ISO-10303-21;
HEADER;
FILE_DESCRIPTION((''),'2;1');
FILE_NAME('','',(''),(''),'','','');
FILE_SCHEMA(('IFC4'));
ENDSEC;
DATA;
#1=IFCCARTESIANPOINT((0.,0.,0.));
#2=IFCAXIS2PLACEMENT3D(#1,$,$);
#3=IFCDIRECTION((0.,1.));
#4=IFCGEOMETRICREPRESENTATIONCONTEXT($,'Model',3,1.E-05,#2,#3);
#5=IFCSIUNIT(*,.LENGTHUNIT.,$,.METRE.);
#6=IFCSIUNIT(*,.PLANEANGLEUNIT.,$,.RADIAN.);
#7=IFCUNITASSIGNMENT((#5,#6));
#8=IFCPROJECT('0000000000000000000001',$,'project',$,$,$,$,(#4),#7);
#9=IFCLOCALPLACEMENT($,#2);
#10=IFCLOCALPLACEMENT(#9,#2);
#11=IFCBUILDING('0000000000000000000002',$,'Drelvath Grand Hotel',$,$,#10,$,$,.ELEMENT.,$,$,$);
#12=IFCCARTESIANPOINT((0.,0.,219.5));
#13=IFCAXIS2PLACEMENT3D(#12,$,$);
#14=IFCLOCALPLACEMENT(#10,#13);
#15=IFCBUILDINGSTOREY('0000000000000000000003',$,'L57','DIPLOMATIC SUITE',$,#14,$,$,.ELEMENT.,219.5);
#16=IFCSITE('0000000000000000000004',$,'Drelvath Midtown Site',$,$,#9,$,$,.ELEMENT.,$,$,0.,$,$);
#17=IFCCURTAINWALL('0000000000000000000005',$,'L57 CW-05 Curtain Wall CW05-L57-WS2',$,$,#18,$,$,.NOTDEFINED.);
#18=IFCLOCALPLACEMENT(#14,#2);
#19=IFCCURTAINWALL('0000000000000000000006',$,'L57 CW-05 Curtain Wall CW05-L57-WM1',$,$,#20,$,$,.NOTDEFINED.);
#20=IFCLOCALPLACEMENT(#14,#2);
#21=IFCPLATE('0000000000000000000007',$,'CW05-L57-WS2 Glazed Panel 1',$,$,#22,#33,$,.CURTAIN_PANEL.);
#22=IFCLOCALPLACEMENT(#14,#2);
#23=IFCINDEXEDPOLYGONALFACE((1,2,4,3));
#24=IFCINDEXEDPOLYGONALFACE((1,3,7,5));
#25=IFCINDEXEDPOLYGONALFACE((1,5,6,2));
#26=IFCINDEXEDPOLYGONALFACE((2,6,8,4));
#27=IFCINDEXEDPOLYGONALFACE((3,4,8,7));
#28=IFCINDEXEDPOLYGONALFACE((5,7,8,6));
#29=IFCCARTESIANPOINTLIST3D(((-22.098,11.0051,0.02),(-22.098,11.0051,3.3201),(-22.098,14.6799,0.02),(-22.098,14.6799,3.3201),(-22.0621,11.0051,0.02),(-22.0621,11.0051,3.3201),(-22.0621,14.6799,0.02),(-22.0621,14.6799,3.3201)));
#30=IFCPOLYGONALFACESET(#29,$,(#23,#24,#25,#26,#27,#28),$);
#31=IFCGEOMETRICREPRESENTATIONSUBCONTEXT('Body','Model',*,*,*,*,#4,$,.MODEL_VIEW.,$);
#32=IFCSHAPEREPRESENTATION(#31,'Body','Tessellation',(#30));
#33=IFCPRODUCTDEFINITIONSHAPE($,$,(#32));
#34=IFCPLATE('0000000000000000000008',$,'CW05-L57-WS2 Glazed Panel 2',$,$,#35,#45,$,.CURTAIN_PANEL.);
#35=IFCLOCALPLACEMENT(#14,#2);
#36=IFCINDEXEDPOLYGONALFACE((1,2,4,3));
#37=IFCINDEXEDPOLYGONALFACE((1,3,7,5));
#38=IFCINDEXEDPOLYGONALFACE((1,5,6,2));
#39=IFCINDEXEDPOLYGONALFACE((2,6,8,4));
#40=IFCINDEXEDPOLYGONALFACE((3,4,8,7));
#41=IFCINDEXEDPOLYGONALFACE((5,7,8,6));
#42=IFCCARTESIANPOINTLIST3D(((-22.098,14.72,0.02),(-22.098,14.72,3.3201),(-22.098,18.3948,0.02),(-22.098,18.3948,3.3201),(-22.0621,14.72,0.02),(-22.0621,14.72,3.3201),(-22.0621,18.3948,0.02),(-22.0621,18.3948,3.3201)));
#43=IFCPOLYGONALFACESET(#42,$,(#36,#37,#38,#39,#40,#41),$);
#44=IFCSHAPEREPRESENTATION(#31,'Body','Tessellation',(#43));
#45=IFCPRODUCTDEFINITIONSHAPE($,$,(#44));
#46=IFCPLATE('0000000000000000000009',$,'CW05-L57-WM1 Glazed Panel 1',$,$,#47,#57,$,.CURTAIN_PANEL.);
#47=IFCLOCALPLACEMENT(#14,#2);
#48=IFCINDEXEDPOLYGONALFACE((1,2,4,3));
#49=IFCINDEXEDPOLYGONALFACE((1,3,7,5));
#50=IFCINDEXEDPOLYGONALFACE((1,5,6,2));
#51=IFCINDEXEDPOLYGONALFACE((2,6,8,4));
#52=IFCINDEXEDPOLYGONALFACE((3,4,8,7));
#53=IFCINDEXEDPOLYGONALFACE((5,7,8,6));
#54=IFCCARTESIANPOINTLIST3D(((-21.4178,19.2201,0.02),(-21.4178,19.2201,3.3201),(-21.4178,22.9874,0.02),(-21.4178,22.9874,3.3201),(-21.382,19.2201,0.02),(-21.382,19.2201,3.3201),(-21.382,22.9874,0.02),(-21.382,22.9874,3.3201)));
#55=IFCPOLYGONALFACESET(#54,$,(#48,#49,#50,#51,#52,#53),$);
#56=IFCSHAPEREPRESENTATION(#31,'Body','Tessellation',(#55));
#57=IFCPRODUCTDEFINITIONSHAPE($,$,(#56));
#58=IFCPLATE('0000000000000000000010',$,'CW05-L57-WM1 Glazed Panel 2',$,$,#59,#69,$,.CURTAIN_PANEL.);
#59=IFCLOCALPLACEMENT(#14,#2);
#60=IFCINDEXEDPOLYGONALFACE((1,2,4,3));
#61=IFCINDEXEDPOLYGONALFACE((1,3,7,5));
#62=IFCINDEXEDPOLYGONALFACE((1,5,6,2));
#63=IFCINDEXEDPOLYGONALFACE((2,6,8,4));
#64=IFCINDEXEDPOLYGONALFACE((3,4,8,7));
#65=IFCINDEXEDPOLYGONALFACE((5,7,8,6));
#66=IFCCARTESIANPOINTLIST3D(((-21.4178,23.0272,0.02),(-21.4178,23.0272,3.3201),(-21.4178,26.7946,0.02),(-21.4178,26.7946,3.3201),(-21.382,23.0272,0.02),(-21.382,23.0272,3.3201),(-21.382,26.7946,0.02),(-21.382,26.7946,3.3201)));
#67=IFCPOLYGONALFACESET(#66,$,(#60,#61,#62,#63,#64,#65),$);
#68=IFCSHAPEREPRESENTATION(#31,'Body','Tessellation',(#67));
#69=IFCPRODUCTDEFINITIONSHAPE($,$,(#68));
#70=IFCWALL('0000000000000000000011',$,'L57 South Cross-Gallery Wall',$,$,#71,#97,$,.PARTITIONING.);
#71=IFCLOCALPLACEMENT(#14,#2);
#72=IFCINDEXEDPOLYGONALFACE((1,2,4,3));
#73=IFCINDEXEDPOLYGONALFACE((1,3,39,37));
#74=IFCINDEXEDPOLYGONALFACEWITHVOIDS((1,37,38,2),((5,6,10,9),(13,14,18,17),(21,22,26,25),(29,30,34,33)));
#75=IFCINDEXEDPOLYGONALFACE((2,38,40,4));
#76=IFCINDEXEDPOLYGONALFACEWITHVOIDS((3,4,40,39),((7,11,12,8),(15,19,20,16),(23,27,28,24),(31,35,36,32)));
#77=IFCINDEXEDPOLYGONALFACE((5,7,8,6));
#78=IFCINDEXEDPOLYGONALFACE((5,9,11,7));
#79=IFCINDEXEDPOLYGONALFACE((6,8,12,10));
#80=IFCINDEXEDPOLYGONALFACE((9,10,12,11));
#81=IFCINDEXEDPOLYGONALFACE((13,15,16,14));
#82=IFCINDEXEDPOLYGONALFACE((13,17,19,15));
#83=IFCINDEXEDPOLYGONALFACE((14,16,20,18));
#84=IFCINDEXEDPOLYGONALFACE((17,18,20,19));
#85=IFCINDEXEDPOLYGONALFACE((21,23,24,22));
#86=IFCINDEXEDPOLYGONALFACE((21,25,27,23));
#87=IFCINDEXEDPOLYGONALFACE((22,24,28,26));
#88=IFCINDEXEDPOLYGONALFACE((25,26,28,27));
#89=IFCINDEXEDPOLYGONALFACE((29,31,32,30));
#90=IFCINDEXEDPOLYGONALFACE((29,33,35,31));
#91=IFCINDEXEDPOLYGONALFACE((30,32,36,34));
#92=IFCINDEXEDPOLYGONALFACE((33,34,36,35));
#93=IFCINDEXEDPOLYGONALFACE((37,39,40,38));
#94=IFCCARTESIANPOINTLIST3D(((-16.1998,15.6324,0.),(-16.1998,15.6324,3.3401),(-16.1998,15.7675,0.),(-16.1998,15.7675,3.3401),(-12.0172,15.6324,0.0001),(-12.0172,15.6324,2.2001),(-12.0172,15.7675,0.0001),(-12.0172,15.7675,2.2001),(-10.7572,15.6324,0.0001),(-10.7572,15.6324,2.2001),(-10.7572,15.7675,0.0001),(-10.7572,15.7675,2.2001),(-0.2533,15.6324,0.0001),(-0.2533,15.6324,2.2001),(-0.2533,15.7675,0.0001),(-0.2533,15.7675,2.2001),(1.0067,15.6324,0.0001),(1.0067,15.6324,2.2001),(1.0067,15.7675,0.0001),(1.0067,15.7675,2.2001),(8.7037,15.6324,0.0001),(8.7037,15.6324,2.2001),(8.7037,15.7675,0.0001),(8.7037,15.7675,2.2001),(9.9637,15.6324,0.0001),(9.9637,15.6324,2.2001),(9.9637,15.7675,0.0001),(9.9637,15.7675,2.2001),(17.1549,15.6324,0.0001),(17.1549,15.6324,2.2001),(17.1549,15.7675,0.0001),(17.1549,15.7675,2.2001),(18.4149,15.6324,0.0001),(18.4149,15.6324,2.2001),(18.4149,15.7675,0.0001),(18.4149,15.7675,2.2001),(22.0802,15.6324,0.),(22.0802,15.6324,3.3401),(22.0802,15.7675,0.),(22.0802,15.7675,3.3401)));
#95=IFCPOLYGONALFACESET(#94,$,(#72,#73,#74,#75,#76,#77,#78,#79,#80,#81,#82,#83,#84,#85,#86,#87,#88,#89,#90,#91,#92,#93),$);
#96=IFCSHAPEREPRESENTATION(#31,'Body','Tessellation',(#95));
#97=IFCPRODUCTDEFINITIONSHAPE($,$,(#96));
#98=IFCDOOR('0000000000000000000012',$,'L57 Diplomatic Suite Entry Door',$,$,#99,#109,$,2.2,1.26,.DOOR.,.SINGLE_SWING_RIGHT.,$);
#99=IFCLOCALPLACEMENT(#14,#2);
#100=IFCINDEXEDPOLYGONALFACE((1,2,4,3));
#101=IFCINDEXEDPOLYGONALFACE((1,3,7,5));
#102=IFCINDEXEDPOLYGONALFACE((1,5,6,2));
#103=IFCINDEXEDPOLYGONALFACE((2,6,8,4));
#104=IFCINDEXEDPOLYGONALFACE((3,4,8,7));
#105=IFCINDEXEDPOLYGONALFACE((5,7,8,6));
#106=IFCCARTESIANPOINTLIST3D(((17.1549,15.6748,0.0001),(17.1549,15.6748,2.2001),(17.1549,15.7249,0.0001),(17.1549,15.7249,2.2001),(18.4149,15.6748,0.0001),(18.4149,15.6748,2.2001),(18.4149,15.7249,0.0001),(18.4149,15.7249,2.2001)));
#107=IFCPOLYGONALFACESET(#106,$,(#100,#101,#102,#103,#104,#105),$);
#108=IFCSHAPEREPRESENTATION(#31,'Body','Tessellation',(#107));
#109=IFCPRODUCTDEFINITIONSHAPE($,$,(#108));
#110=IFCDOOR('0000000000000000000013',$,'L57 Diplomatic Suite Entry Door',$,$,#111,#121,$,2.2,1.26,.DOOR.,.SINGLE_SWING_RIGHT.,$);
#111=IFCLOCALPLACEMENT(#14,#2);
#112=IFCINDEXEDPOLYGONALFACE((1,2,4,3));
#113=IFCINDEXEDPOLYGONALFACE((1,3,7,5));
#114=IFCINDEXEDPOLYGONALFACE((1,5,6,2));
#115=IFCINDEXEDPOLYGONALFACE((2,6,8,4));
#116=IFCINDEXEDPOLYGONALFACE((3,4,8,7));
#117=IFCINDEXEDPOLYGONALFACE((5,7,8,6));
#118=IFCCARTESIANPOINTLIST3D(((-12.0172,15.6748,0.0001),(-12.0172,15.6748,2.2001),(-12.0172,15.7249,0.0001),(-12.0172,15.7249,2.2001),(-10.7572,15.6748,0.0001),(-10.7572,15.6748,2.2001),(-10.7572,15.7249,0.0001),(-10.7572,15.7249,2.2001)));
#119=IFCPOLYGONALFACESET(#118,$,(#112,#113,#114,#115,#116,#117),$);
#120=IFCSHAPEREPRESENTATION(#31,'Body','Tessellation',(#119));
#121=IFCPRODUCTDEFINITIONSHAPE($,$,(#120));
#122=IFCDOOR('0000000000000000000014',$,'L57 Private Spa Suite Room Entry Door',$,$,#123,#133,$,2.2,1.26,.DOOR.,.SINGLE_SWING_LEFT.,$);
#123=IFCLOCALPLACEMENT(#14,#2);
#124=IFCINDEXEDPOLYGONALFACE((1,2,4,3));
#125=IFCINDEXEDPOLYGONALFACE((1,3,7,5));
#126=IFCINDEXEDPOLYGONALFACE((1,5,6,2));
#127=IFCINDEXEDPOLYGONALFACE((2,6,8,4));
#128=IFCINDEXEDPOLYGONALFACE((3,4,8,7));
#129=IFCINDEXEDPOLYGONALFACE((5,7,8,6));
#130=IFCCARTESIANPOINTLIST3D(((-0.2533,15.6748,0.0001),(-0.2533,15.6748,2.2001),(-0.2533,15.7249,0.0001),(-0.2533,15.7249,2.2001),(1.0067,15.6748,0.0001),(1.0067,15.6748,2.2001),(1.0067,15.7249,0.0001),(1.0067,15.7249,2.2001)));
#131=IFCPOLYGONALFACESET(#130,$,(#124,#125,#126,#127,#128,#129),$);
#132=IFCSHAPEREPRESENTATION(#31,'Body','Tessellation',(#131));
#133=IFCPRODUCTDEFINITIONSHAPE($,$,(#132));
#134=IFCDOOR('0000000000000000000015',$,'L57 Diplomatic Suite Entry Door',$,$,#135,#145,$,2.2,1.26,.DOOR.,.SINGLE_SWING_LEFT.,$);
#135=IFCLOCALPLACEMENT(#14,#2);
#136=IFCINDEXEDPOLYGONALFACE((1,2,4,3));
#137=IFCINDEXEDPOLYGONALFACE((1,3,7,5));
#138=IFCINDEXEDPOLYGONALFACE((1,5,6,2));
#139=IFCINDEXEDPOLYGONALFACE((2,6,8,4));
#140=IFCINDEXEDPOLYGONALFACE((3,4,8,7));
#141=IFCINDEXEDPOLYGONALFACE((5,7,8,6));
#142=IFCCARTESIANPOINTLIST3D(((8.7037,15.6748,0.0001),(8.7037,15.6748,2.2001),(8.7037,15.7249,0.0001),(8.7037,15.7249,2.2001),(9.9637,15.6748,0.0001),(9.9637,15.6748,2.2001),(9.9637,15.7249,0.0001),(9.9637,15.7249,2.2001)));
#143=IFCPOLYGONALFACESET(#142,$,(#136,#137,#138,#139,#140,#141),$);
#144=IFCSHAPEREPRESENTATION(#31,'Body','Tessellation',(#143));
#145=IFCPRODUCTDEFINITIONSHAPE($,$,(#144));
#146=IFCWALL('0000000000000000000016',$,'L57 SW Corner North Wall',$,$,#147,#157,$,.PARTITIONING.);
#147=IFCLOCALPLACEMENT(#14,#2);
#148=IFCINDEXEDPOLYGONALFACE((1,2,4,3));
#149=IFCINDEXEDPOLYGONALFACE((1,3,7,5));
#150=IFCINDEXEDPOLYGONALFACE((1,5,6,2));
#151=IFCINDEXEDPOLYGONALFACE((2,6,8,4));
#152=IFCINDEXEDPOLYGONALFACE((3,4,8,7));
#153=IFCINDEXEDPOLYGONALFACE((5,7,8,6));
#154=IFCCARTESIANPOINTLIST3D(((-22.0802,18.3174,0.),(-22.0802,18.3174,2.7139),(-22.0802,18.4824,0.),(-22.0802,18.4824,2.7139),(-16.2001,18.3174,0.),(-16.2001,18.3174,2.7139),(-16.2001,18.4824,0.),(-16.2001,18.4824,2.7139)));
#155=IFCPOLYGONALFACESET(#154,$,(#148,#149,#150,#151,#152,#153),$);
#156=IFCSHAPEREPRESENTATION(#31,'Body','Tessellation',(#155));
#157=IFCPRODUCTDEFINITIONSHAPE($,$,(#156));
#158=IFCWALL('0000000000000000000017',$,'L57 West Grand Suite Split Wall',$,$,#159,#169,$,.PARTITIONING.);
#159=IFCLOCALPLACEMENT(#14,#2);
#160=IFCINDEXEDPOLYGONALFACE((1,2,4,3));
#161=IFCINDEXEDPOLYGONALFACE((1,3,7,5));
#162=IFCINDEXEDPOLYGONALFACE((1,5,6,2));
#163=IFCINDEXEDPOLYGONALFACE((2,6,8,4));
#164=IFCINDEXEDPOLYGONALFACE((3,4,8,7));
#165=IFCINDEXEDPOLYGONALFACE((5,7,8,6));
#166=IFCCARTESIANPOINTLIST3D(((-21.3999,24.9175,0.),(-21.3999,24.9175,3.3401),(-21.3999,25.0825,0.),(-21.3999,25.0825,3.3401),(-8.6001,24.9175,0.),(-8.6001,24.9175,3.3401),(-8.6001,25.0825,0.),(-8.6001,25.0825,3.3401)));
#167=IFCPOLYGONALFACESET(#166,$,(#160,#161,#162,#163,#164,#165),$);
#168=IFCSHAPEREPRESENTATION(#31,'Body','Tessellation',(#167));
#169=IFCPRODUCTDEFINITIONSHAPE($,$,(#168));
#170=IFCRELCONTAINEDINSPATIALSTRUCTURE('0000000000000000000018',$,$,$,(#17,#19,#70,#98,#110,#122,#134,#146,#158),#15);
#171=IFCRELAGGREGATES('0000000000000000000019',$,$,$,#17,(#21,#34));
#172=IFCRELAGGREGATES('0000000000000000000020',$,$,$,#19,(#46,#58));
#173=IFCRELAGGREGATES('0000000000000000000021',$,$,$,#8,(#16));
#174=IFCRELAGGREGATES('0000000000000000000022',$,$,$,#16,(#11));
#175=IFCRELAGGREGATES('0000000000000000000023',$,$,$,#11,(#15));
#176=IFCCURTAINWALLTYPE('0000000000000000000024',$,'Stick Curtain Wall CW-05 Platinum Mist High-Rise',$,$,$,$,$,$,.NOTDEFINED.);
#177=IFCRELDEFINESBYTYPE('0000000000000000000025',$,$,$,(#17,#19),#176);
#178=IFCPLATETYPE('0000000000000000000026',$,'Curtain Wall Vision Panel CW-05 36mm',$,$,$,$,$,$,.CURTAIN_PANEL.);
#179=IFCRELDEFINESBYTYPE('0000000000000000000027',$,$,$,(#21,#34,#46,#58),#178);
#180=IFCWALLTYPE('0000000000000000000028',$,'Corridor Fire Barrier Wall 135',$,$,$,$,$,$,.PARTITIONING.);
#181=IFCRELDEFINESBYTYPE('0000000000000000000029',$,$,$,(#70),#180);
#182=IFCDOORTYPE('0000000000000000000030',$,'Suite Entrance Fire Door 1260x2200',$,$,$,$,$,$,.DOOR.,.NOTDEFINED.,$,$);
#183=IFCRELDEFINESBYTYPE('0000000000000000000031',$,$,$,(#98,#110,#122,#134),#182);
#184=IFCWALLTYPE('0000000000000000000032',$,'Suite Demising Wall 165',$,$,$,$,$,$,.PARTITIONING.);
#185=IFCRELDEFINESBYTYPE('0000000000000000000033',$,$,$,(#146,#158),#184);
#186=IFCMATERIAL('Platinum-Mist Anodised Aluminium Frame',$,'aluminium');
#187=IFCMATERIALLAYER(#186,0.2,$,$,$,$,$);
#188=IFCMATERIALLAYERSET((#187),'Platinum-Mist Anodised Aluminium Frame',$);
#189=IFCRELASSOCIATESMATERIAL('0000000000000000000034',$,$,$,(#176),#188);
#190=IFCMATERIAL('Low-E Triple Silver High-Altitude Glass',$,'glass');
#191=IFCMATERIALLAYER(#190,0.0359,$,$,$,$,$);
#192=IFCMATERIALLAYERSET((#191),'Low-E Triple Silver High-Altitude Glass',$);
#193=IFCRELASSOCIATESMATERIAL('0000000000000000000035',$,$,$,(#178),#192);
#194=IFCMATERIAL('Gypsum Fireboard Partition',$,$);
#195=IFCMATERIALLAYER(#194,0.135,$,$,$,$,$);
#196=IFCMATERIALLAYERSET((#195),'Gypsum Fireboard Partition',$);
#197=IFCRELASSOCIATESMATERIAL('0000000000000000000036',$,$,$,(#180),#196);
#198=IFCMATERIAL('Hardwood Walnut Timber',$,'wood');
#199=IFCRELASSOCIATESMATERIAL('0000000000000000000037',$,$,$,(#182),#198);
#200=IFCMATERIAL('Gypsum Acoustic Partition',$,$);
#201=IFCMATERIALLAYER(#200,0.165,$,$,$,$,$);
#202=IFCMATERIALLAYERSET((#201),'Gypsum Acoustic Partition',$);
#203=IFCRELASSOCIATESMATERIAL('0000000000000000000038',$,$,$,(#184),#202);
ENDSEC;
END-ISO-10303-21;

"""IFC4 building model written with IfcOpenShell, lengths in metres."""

from ifc_helpers import new_model, si_unit, direction, frame, frame_2d, origin, origin_2d, place, context, subcontext, project, spatial, rectangle, extrude, material, layer, layer_set, type_object, element, fill, aggregate, save


model = new_model("IFC4")

# Units and contexts
model_context = context("Model", 3, precision=1e-05, world=origin(), true_north=direction((0.0, 1.0)))
body_context = subcontext(model_context, "Body", "Model", "MODEL_VIEW")
ifc_project = project(units=[si_unit("LENGTHUNIT", "METRE"), si_unit("PLANEANGLEUNIT", "RADIAN")], contexts=[model_context])

# Site, building, storey
site_placement = place(None, origin())
site = spatial("IfcSite", under=ifc_project, at=site_placement, Name="Drelvath Midtown Site", CompositionType="ELEMENT", RefElevation=0.0)
building_placement = place(site_placement, origin())
building = spatial("IfcBuilding", under=site, at=building_placement, Name="Drelvath Grand Hotel", CompositionType="ELEMENT")
storey_placement = place(building_placement, frame((0.0, 0.0, 219.5)))
storey = spatial("IfcBuildingStorey", under=building, at=storey_placement, Name="L57", Description="DIPLOMATIC SUITE", CompositionType="ELEMENT", Elevation=219.5)

# Curtain walls
ifc_material_1 = material(Name="Platinum-Mist Anodised Aluminium Frame", Category="aluminium")
ifc_layer_1 = layer(ifc_material_1, 0.2)
ifc_layer_set_1 = layer_set([ifc_layer_1], Name="Platinum-Mist Anodised Aluminium Frame")
curtain_wall_type = type_object("IfcCurtainWallType", Name="Stick Curtain Wall CW-05 Platinum Mist High-Rise", PredefinedType="NOTDEFINED", material=ifc_layer_set_1)
curtain_wall_1_placement = place(storey_placement, origin())
curtain_wall_1 = element("IfcCurtainWall", 1, at=curtain_wall_1_placement, inside=storey, type_object=curtain_wall_type, Name="L57 CW-05 Curtain Wall CW05-L57-WS2", PredefinedType="NOTDEFINED")
curtain_wall_2_placement = place(storey_placement, origin())
curtain_wall_2 = element("IfcCurtainWall", 2, at=curtain_wall_2_placement, inside=storey, type_object=curtain_wall_type, Name="L57 CW-05 Curtain Wall CW05-L57-WM1", PredefinedType="NOTDEFINED")

# Plates
ifc_material_2 = material(Name="Low-E Triple Silver High-Altitude Glass", Category="glass")
ifc_layer_2 = layer(ifc_material_2, 0.0359)
ifc_layer_set_2 = layer_set([ifc_layer_2], Name="Low-E Triple Silver High-Altitude Glass")
plate_type = type_object("IfcPlateType", Name="Curtain Wall Vision Panel CW-05 36mm", PredefinedType="CURTAIN_PANEL", material=ifc_layer_set_2)
plate_1_placement = place(storey_placement, frame((-22.0801, 12.8425, 0.02), z_axis=(0.0, 0.0, 1.0), x_axis=(0.0, 1.0, 0.0)))
plate_1 = element("IfcPlate", 3, at=plate_1_placement, type_object=plate_type, Name="CW05-L57-WS2 Glazed Panel 1", PredefinedType="CURTAIN_PANEL", context=body_context, shape_type="SweptSolid", body=[
    extrude(rectangle(XDim=3.6748, YDim=0.0359, at=origin_2d()), origin(), (0.0, 0.0, 1.0), 3.3),
])
plate_2_placement = place(storey_placement, frame((-22.0801, 16.5574, 0.02), z_axis=(0.0, 0.0, 1.0), x_axis=(0.0, 1.0, 0.0)))
plate_2 = element("IfcPlate", 4, at=plate_2_placement, type_object=plate_type, Name="CW05-L57-WS2 Glazed Panel 2", PredefinedType="CURTAIN_PANEL", context=body_context, shape_type="SweptSolid", body=[
    extrude(rectangle(XDim=3.6748, YDim=0.0359, at=origin_2d()), origin(), (0.0, 0.0, 1.0), 3.3),
])
aggregate(curtain_wall_1, [plate_1, plate_2])
plate_3_placement = place(storey_placement, frame((-21.3999, 21.1038, 0.02), z_axis=(0.0, 0.0, 1.0), x_axis=(0.0, 1.0, 0.0)))
plate_3 = element("IfcPlate", 5, at=plate_3_placement, type_object=plate_type, Name="CW05-L57-WM1 Glazed Panel 1", PredefinedType="CURTAIN_PANEL", context=body_context, shape_type="SweptSolid", body=[
    extrude(rectangle(XDim=3.7673, YDim=0.0359, at=origin_2d()), origin(), (0.0, 0.0, 1.0), 3.3),
])
plate_4_placement = place(storey_placement, frame((-21.3999, 24.9109, 0.02), z_axis=(0.0, 0.0, 1.0), x_axis=(0.0, 1.0, 0.0)))
plate_4 = element("IfcPlate", 6, at=plate_4_placement, type_object=plate_type, Name="CW05-L57-WM1 Glazed Panel 2", PredefinedType="CURTAIN_PANEL", context=body_context, shape_type="SweptSolid", body=[
    extrude(rectangle(XDim=3.7673, YDim=0.0359, at=origin_2d()), origin(), (0.0, 0.0, 1.0), 3.3),
])
aggregate(curtain_wall_2, [plate_3, plate_4])

# Wall, openings, doors
ifc_material_3 = material(Name="Gypsum Fireboard Partition")
ifc_layer_3 = layer(ifc_material_3, 0.135)
ifc_layer_set_3 = layer_set([ifc_layer_3], Name="Gypsum Fireboard Partition")
wall_type_1 = type_object("IfcWallType", Name="Corridor Fire Barrier Wall 135", PredefinedType="PARTITIONING", material=ifc_layer_set_3)
wall_1_placement = place(storey_placement, frame((-16.2, 15.7, 0.0), z_axis=(0.0, 0.0, 1.0), x_axis=(1.0, 0.0, 0.0)))
wall_1 = element("IfcWall", 7, at=wall_1_placement, inside=storey, type_object=wall_type_1, Name="L57 South Cross-Gallery Wall", PredefinedType="PARTITIONING", context=body_context, shape_type="SweptSolid", body=[
    extrude(rectangle(XDim=38.28, YDim=0.135, at=frame_2d((19.1401, 0.0))), origin(), (0.0, 0.0, 1.0), 3.3401),
])
opening_1_placement = place(wall_1_placement, frame((33.355, 0.0, 0.0)))
opening_1 = element("IfcOpeningElement", 8, at=opening_1_placement, cuts=wall_1, PredefinedType="OPENING", context=body_context, shape_type="SweptSolid", body=[
    extrude(rectangle(XDim=1.26, YDim=2.2, at=frame_2d((0.6299, 1.1001))), frame((0.0, 0.0774, 0.0), z_axis=(0.0, -1.0, 0.0), x_axis=(1.0, 0.0, 0.0)), (0.0, 0.0, 1.0), 0.155),
])
opening_2_placement = place(wall_1_placement, frame((4.1829, 0.0, 0.0)))
opening_2 = element("IfcOpeningElement", 9, at=opening_2_placement, cuts=wall_1, PredefinedType="OPENING", context=body_context, shape_type="SweptSolid", body=[
    extrude(rectangle(XDim=1.26, YDim=2.2, at=frame_2d((0.6299, 1.1001))), frame((0.0, 0.0774, 0.0), z_axis=(0.0, -1.0, 0.0), x_axis=(1.0, 0.0, 0.0)), (0.0, 0.0, 1.0), 0.155),
])
opening_3_placement = place(wall_1_placement, frame((15.9468, 0.0, 0.0)))
opening_3 = element("IfcOpeningElement", 10, at=opening_3_placement, cuts=wall_1, PredefinedType="OPENING", context=body_context, shape_type="SweptSolid", body=[
    extrude(rectangle(XDim=1.26, YDim=2.2, at=frame_2d((0.6299, 1.1001))), frame((0.0, 0.0774, 0.0), z_axis=(0.0, -1.0, 0.0), x_axis=(1.0, 0.0, 0.0)), (0.0, 0.0, 1.0), 0.155),
])
opening_4_placement = place(wall_1_placement, frame((24.9038, 0.0, 0.0)))
opening_4 = element("IfcOpeningElement", 11, at=opening_4_placement, cuts=wall_1, PredefinedType="OPENING", context=body_context, shape_type="SweptSolid", body=[
    extrude(rectangle(XDim=1.26, YDim=2.2, at=frame_2d((0.6299, 1.1001))), frame((0.0, 0.0774, 0.0), z_axis=(0.0, -1.0, 0.0), x_axis=(1.0, 0.0, 0.0)), (0.0, 0.0, 1.0), 0.155),
])
ifc_material_4 = material(Name="Hardwood Walnut Timber", Category="wood")
door_type = type_object("IfcDoorType", Name="Suite Entrance Fire Door 1260x2200", OperationType="NOTDEFINED", PredefinedType="DOOR", material=ifc_material_4)
door_1_placement = place(opening_1_placement, origin())
door_1 = element("IfcDoor", 12, at=door_1_placement, inside=storey, type_object=door_type, Name="L57 Diplomatic Suite Entry Door", OperationType="SINGLE_SWING_RIGHT", OverallHeight=2.2, OverallWidth=1.26, PredefinedType="DOOR", context=body_context, shape_type="SweptSolid", body=[
    extrude(rectangle(XDim=1.26, YDim=2.2, at=frame_2d((0.6299, 1.1001))), frame((0.0, 0.0249, 0.0), z_axis=(0.0, -1.0, 0.0), x_axis=(1.0, 0.0, 0.0)), (0.0, 0.0, 1.0), 0.05),
])
fill(opening_1, door_1)
door_2_placement = place(opening_2_placement, origin())
door_2 = element("IfcDoor", 13, at=door_2_placement, inside=storey, type_object=door_type, Name="L57 Diplomatic Suite Entry Door", OperationType="SINGLE_SWING_RIGHT", OverallHeight=2.2, OverallWidth=1.26, PredefinedType="DOOR", context=body_context, shape_type="SweptSolid", body=[
    extrude(rectangle(XDim=1.26, YDim=2.2, at=frame_2d((0.6299, 1.1001))), frame((0.0, 0.0249, 0.0), z_axis=(0.0, -1.0, 0.0), x_axis=(1.0, 0.0, 0.0)), (0.0, 0.0, 1.0), 0.05),
])
fill(opening_2, door_2)
door_3_placement = place(opening_3_placement, origin())
door_3 = element("IfcDoor", 14, at=door_3_placement, inside=storey, type_object=door_type, Name="L57 Private Spa Suite Room Entry Door", OperationType="SINGLE_SWING_LEFT", OverallHeight=2.2, OverallWidth=1.26, PredefinedType="DOOR", context=body_context, shape_type="SweptSolid", body=[
    extrude(rectangle(XDim=1.26, YDim=2.2, at=frame_2d((0.6299, 1.1001))), frame((0.0, 0.0249, 0.0), z_axis=(0.0, -1.0, 0.0), x_axis=(1.0, 0.0, 0.0)), (0.0, 0.0, 1.0), 0.05),
])
fill(opening_3, door_3)
door_4_placement = place(opening_4_placement, origin())
door_4 = element("IfcDoor", 15, at=door_4_placement, inside=storey, type_object=door_type, Name="L57 Diplomatic Suite Entry Door", OperationType="SINGLE_SWING_LEFT", OverallHeight=2.2, OverallWidth=1.26, PredefinedType="DOOR", context=body_context, shape_type="SweptSolid", body=[
    extrude(rectangle(XDim=1.26, YDim=2.2, at=frame_2d((0.6299, 1.1001))), frame((0.0, 0.0249, 0.0), z_axis=(0.0, -1.0, 0.0), x_axis=(1.0, 0.0, 0.0)), (0.0, 0.0, 1.0), 0.05),
])
fill(opening_4, door_4)

# Walls
ifc_material_5 = material(Name="Gypsum Acoustic Partition")
ifc_layer_4 = layer(ifc_material_5, 0.165)
ifc_layer_set_4 = layer_set([ifc_layer_4], Name="Gypsum Acoustic Partition")
wall_type_2 = type_object("IfcWallType", Name="Suite Demising Wall 165", PredefinedType="PARTITIONING", material=ifc_layer_set_4)
wall_2_placement = place(storey_placement, frame((-22.0801, 18.3999, 0.0), z_axis=(0.0, 0.0, 1.0), x_axis=(1.0, 0.0, 0.0)))
element("IfcWall", 16, at=wall_2_placement, inside=storey, type_object=wall_type_2, Name="L57 SW Corner North Wall", PredefinedType="PARTITIONING", context=body_context, shape_type="SweptSolid", body=[
    extrude(rectangle(XDim=5.8801, YDim=0.165, at=frame_2d((2.9399, 0.0))), origin(), (0.0, 0.0, 1.0), 2.7139),
])
wall_3_placement = place(storey_placement, frame((-21.3999, 25.0, 0.0), z_axis=(0.0, 0.0, 1.0), x_axis=(1.0, 0.0, 0.0)))
element("IfcWall", 17, at=wall_3_placement, inside=storey, type_object=wall_type_2, Name="L57 West Grand Suite Split Wall", PredefinedType="PARTITIONING", context=body_context, shape_type="SweptSolid", body=[
    extrude(rectangle(XDim=12.7998, YDim=0.165, at=frame_2d((6.3999, 0.0))), origin(), (0.0, 0.0, 1.0), 3.3401),
])

save(model, "model.ifc")
